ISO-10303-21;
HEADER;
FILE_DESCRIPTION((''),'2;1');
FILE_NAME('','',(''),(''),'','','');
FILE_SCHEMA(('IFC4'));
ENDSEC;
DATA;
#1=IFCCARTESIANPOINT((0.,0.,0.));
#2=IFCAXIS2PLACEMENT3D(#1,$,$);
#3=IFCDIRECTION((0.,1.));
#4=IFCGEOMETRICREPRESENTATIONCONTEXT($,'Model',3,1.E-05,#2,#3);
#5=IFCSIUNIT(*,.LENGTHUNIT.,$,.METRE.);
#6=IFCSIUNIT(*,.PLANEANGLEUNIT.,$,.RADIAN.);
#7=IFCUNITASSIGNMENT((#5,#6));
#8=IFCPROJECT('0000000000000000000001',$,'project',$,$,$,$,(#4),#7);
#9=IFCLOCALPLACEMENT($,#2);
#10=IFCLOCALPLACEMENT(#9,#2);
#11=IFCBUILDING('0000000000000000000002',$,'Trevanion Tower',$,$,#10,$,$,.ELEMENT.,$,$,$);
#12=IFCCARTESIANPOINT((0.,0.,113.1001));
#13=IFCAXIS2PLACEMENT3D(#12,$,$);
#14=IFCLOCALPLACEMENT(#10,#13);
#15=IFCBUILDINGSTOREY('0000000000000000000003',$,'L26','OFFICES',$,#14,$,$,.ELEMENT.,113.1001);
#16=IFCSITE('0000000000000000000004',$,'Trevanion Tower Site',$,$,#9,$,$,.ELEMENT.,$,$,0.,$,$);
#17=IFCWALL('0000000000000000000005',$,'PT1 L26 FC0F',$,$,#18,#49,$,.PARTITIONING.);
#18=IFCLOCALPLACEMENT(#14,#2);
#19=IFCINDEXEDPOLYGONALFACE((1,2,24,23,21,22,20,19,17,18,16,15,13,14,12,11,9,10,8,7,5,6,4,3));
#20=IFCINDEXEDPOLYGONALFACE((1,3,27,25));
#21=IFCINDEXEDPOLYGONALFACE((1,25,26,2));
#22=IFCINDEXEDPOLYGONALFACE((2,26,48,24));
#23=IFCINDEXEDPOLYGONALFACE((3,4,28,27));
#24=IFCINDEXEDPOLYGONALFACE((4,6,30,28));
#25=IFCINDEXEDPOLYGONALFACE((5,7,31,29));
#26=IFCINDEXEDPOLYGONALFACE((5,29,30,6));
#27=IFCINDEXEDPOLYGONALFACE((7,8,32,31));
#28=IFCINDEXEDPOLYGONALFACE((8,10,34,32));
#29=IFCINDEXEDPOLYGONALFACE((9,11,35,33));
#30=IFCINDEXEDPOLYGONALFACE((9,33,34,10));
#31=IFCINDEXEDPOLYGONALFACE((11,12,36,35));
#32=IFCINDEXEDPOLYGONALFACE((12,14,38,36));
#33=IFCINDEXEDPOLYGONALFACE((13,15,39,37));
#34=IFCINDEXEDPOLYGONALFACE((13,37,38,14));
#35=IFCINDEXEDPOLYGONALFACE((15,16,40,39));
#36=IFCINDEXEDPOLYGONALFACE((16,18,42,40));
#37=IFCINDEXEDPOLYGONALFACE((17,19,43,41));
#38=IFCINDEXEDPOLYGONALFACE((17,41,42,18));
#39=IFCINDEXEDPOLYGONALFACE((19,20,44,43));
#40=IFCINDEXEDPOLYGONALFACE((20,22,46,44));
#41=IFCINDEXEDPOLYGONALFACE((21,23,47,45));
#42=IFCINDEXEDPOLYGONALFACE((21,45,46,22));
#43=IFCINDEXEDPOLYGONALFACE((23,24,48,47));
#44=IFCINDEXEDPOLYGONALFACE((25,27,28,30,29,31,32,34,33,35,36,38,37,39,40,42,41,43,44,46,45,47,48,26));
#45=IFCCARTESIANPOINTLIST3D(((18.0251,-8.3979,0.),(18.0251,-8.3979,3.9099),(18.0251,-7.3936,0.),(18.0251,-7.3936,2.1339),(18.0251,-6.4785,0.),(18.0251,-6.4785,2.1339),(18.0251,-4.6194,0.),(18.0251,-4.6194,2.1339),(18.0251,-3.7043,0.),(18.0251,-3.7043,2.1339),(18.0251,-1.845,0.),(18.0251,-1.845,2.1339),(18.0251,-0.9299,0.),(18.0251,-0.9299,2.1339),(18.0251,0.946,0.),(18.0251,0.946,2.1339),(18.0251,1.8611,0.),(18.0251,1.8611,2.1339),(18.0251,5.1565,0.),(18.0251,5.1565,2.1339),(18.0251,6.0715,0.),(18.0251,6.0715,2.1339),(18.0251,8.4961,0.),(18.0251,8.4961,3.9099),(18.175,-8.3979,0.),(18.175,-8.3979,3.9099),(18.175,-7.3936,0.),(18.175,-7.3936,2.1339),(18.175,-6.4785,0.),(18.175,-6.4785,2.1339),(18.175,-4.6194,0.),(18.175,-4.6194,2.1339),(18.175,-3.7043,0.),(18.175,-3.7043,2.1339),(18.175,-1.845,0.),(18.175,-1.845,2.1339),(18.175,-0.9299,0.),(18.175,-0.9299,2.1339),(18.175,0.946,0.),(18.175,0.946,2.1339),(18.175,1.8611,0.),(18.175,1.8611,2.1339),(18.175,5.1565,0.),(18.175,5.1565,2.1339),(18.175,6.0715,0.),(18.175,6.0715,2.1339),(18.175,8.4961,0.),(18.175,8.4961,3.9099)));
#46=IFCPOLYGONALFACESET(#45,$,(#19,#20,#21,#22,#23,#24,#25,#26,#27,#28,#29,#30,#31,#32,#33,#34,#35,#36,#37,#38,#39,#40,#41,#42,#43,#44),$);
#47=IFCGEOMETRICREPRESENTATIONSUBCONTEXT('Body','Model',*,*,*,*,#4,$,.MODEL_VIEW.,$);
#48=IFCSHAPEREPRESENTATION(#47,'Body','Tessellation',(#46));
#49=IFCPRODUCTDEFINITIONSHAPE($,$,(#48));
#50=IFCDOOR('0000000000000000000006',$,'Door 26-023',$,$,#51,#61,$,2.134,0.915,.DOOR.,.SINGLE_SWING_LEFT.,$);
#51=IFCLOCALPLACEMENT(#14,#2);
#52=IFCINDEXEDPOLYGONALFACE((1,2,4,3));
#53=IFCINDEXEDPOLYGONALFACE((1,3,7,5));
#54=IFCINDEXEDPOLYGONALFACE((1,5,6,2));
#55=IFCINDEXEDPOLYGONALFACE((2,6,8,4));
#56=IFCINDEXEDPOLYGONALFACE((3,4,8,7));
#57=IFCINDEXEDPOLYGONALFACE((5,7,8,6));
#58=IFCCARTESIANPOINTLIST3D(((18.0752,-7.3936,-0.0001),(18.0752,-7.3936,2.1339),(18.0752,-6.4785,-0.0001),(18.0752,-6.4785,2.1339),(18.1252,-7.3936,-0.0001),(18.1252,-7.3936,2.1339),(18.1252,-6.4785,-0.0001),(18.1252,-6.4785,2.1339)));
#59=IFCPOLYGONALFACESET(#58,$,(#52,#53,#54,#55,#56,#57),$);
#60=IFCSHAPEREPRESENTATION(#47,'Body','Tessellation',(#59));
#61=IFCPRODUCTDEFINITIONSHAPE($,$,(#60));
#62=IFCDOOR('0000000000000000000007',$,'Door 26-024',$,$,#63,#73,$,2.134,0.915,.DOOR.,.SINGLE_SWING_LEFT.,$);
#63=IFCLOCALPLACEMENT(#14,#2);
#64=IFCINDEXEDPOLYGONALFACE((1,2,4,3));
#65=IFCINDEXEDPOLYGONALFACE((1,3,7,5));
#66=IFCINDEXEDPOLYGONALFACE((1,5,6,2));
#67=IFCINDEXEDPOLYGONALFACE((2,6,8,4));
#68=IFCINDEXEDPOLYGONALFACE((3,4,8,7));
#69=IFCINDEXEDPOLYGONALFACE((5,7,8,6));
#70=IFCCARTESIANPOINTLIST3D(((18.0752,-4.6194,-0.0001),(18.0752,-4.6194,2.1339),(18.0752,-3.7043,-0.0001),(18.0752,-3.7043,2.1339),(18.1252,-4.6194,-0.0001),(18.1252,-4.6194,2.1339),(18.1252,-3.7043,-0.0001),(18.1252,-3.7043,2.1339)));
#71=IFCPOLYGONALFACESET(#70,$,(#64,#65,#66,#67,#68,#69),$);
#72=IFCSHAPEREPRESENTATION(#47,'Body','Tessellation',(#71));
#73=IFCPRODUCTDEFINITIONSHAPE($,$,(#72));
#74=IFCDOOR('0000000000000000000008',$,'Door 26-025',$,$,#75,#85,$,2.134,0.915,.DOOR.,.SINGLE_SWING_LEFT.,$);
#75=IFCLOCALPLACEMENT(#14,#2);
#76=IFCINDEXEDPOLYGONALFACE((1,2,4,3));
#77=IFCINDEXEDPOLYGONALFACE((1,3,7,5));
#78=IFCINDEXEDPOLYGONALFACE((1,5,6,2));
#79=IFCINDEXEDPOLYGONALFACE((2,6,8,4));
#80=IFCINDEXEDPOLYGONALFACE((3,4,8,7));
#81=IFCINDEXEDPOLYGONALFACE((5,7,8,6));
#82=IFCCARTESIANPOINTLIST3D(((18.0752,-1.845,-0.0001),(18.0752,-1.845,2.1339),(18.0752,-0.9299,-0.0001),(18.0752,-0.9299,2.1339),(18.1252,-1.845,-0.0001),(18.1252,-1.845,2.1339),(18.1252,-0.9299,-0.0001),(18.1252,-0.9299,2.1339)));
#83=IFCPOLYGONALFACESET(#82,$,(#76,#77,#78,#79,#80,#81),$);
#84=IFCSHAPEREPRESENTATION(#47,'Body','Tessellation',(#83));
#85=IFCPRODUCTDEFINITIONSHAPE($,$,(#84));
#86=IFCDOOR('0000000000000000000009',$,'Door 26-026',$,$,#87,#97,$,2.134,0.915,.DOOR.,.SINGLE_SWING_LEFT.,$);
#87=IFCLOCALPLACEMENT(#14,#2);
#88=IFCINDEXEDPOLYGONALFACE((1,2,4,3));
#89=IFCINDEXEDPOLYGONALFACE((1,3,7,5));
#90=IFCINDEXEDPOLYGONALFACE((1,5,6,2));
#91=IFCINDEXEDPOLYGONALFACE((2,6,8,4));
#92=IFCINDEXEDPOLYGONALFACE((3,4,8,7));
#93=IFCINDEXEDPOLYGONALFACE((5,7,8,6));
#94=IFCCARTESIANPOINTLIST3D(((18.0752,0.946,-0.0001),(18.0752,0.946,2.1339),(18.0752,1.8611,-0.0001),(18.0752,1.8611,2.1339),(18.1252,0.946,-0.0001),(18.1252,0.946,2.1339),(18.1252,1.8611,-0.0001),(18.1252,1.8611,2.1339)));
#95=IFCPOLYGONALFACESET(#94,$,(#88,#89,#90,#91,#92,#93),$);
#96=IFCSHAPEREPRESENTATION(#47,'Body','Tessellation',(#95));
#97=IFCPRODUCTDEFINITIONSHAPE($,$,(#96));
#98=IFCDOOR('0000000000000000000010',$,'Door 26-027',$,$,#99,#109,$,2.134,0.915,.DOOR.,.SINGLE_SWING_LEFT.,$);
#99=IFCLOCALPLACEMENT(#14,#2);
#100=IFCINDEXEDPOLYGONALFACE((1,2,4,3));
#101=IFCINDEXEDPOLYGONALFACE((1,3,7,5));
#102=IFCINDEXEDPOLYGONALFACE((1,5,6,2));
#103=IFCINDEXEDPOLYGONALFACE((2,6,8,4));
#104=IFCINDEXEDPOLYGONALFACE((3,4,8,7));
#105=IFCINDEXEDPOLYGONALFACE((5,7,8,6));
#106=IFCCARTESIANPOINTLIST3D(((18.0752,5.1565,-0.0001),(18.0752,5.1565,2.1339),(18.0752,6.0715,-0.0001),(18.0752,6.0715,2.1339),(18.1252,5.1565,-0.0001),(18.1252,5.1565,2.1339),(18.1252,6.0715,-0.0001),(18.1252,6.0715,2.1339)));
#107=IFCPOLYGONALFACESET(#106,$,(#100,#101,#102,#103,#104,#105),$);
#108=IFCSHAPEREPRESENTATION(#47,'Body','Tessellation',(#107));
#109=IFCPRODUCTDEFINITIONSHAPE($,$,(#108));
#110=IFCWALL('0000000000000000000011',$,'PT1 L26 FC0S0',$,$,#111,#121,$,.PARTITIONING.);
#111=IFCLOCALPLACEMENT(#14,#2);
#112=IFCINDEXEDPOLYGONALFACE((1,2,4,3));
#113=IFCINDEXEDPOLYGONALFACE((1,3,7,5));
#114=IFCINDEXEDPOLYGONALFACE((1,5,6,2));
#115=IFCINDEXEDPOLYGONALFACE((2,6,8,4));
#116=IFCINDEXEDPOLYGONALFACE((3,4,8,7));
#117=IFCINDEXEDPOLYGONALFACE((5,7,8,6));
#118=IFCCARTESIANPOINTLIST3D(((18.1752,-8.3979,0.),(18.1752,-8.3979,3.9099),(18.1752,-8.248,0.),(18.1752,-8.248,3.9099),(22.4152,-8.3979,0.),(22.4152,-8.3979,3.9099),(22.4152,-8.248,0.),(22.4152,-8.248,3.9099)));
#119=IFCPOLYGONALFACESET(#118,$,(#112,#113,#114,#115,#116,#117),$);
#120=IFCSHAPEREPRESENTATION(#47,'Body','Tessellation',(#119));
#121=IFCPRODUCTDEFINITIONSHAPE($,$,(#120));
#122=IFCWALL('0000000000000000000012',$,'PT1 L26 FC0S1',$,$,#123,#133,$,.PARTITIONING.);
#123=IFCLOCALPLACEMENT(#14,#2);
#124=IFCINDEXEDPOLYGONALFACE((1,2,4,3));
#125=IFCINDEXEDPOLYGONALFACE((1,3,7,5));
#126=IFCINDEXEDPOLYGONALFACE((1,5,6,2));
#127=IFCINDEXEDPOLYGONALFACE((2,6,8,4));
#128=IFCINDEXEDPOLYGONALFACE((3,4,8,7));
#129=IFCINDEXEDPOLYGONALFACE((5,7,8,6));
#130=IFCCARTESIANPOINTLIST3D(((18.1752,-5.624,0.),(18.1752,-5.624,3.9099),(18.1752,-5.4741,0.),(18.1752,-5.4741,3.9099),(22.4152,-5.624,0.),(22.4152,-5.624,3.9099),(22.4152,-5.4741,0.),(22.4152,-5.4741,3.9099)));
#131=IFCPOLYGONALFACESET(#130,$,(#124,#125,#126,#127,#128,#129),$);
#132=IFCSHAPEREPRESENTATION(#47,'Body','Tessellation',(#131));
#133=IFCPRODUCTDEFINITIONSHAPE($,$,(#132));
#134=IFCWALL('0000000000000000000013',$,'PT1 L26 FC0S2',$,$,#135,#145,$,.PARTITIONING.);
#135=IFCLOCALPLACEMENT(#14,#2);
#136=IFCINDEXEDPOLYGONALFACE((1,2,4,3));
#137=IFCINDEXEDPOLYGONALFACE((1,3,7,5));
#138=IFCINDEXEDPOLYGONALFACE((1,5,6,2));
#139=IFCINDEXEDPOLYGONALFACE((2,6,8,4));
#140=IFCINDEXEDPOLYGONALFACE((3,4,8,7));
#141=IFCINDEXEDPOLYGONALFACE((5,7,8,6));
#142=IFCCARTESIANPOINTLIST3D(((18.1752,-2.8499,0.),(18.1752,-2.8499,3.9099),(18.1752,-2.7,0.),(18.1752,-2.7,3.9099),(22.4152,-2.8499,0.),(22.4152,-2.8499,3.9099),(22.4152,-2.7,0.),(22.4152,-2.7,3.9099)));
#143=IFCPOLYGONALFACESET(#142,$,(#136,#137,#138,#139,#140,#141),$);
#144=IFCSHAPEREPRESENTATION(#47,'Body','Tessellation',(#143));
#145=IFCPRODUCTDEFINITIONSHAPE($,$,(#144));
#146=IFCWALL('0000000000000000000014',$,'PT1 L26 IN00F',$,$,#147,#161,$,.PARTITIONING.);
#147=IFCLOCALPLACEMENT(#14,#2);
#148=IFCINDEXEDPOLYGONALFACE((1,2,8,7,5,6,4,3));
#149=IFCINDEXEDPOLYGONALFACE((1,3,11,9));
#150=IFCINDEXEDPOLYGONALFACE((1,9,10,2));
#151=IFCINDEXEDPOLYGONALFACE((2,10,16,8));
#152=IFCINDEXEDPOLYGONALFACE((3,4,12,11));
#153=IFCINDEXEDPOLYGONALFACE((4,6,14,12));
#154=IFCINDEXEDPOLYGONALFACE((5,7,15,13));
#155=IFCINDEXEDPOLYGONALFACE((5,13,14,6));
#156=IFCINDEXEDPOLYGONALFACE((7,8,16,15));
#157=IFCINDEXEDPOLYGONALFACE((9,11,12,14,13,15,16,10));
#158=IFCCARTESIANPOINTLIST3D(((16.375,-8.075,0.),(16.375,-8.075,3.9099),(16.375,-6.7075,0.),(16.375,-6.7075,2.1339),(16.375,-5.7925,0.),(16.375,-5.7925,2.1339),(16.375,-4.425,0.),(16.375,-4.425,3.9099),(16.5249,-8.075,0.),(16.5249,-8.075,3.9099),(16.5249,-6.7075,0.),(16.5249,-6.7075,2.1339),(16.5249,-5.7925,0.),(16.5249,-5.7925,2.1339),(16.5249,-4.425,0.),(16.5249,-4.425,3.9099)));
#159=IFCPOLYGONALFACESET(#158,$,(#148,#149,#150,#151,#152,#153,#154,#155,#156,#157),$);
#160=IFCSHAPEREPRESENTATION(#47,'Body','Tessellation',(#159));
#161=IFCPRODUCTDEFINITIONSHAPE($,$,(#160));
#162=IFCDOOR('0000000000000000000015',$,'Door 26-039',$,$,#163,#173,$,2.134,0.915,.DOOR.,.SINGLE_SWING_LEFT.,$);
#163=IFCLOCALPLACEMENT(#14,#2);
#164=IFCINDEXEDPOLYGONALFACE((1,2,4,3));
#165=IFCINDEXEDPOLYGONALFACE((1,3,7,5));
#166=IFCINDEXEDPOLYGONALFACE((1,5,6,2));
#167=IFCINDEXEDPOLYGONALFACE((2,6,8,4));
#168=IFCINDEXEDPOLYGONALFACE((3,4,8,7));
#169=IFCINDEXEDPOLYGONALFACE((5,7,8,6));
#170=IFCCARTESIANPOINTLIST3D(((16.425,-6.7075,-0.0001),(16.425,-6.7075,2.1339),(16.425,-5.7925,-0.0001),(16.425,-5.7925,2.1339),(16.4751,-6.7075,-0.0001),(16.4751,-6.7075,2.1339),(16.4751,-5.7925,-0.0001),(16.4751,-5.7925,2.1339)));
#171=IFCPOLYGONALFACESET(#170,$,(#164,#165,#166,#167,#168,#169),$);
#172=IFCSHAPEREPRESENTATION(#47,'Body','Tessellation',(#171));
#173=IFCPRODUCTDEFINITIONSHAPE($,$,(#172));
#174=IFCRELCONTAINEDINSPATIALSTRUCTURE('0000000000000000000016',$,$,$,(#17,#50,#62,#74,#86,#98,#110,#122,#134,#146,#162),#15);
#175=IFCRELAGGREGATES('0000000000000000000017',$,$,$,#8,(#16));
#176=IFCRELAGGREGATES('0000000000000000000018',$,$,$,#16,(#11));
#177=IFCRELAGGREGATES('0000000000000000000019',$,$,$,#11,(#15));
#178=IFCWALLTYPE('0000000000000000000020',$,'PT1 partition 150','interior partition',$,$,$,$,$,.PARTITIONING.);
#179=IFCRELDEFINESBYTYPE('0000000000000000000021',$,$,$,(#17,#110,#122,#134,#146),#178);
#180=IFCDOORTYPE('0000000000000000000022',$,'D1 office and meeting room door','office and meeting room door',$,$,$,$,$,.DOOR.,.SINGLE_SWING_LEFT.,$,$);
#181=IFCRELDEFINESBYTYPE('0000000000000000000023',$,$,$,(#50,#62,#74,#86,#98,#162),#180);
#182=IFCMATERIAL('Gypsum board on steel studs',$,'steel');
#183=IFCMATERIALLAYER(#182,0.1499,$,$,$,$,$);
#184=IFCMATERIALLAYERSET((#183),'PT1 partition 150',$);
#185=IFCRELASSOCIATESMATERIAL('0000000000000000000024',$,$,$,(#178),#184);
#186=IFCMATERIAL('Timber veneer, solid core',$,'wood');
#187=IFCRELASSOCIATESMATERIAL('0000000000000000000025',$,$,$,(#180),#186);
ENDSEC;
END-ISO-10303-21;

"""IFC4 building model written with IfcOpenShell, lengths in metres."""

from ifc_helpers import new_model, si_unit, direction, frame, frame_2d, origin, place, context, subcontext, project, spatial, rectangle, extrude, material, layer, layer_set, type_object, element, fill, save


model = new_model("IFC4")

# Units and contexts
model_context = context("Model", 3, precision=1e-05, world=origin(), true_north=direction((0.0, 1.0)))
body_context = subcontext(model_context, "Body", "Model", "MODEL_VIEW")
ifc_project = project(units=[si_unit("LENGTHUNIT", "METRE"), si_unit("PLANEANGLEUNIT", "RADIAN")], contexts=[model_context])

# Site, building, storey
site_placement = place(None, origin())
site = spatial("IfcSite", under=ifc_project, at=site_placement, Name="Trevanion Tower Site", CompositionType="ELEMENT", RefElevation=0.0)
building_placement = place(site_placement, origin())
building = spatial("IfcBuilding", under=site, at=building_placement, Name="Trevanion Tower", CompositionType="ELEMENT")
storey_placement = place(building_placement, frame((0.0, 0.0, 113.1001)))
storey = spatial("IfcBuildingStorey", under=building, at=storey_placement, Name="L26", Description="OFFICES", CompositionType="ELEMENT", Elevation=113.1001)

# Wall, openings, doors
ifc_material_1 = material(Name="Gypsum board on steel studs", Category="steel")
ifc_layer_1 = layer(ifc_material_1, 0.1499)
ifc_layer_set_1 = layer_set([ifc_layer_1], Name="PT1 partition 150")
wall_type = type_object("IfcWallType", Name="PT1 partition 150", Description="interior partition", PredefinedType="PARTITIONING", material=ifc_layer_set_1)
wall_1_placement = place(storey_placement, frame((18.1001, -8.3979, 0.0), z_axis=(0.0, 0.0, 1.0), x_axis=(0.0, 1.0, 0.0)))
wall_1 = element("IfcWall", 1, at=wall_1_placement, inside=storey, type_object=wall_type, Name="PT1 L26 FC0F", PredefinedType="PARTITIONING", context=body_context, shape_type="SweptSolid", body=[
    extrude(rectangle(XDim=16.894, YDim=0.1499, at=frame_2d((8.447, 0.0))), origin(), (0.0, 0.0, 1.0), 3.9099),
])
opening_1_placement = place(wall_1_placement, frame((1.0044, 0.0, 0.0)))
opening_1 = element("IfcOpeningElement", 2, at=opening_1_placement, cuts=wall_1, PredefinedType="OPENING", context=body_context, shape_type="SweptSolid", body=[
    extrude(rectangle(XDim=0.915, YDim=2.134, at=frame_2d((0.4575, 1.0669))), frame((0.0, 0.085, 0.0), z_axis=(0.0, -1.0, 0.0), x_axis=(1.0, 0.0, 0.0)), (0.0, 0.0, 1.0), 0.1699),
])
opening_2_placement = place(wall_1_placement, frame((3.7786, 0.0, 0.0)))
opening_2 = element("IfcOpeningElement", 3, at=opening_2_placement, cuts=wall_1, PredefinedType="OPENING", context=body_context, shape_type="SweptSolid", body=[
    extrude(rectangle(XDim=0.915, YDim=2.134, at=frame_2d((0.4575, 1.0669))), frame((0.0, 0.085, 0.0), z_axis=(0.0, -1.0, 0.0), x_axis=(1.0, 0.0, 0.0)), (0.0, 0.0, 1.0), 0.1699),
])
opening_3_placement = place(wall_1_placement, frame((6.553, 0.0, 0.0)))
opening_3 = element("IfcOpeningElement", 4, at=opening_3_placement, cuts=wall_1, PredefinedType="OPENING", context=body_context, shape_type="SweptSolid", body=[
    extrude(rectangle(XDim=0.915, YDim=2.134, at=frame_2d((0.4575, 1.0669))), frame((0.0, 0.085, 0.0), z_axis=(0.0, -1.0, 0.0), x_axis=(1.0, 0.0, 0.0)), (0.0, 0.0, 1.0), 0.1699),
])
opening_4_placement = place(wall_1_placement, frame((9.344, 0.0, 0.0)))
opening_4 = element("IfcOpeningElement", 5, at=opening_4_placement, cuts=wall_1, PredefinedType="OPENING", context=body_context, shape_type="SweptSolid", body=[
    extrude(rectangle(XDim=0.915, YDim=2.134, at=frame_2d((0.4575, 1.0669))), frame((0.0, 0.085, 0.0), z_axis=(0.0, -1.0, 0.0), x_axis=(1.0, 0.0, 0.0)), (0.0, 0.0, 1.0), 0.1699),
])
opening_5_placement = place(wall_1_placement, frame((13.5544, 0.0, 0.0)))
opening_5 = element("IfcOpeningElement", 6, at=opening_5_placement, cuts=wall_1, PredefinedType="OPENING", context=body_context, shape_type="SweptSolid", body=[
    extrude(rectangle(XDim=0.915, YDim=2.134, at=frame_2d((0.4575, 1.0669))), frame((0.0, 0.085, 0.0), z_axis=(0.0, -1.0, 0.0), x_axis=(1.0, 0.0, 0.0)), (0.0, 0.0, 1.0), 0.1699),
])
ifc_material_2 = material(Name="Timber veneer, solid core", Category="wood")
door_type = type_object("IfcDoorType", Name="D1 office and meeting room door", Description="office and meeting room door", OperationType="SINGLE_SWING_LEFT", PredefinedType="DOOR", material=ifc_material_2)
door_1_placement = place(opening_1_placement, origin())
door_1 = element("IfcDoor", 7, at=door_1_placement, inside=storey, type_object=door_type, Name="Door 26-023", OperationType="SINGLE_SWING_LEFT", OverallHeight=2.134, OverallWidth=0.915, PredefinedType="DOOR", context=body_context, shape_type="SweptSolid", body=[
    extrude(rectangle(XDim=0.915, YDim=2.134, at=frame_2d((0.4575, 1.0669))), frame((0.0, 0.0249, 0.0), z_axis=(0.0, -1.0, 0.0), x_axis=(1.0, 0.0, 0.0)), (0.0, 0.0, 1.0), 0.05),
])
fill(opening_1, door_1)
door_2_placement = place(opening_2_placement, origin())
door_2 = element("IfcDoor", 8, at=door_2_placement, inside=storey, type_object=door_type, Name="Door 26-024", OperationType="SINGLE_SWING_LEFT", OverallHeight=2.134, OverallWidth=0.915, PredefinedType="DOOR", context=body_context, shape_type="SweptSolid", body=[
    extrude(rectangle(XDim=0.915, YDim=2.134, at=frame_2d((0.4575, 1.0669))), frame((0.0, 0.0249, 0.0), z_axis=(0.0, -1.0, 0.0), x_axis=(1.0, 0.0, 0.0)), (0.0, 0.0, 1.0), 0.05),
])
fill(opening_2, door_2)
door_3_placement = place(opening_3_placement, origin())
door_3 = element("IfcDoor", 9, at=door_3_placement, inside=storey, type_object=door_type, Name="Door 26-025", OperationType="SINGLE_SWING_LEFT", OverallHeight=2.134, OverallWidth=0.915, PredefinedType="DOOR", context=body_context, shape_type="SweptSolid", body=[
    extrude(rectangle(XDim=0.915, YDim=2.134, at=frame_2d((0.4575, 1.0669))), frame((0.0, 0.0249, 0.0), z_axis=(0.0, -1.0, 0.0), x_axis=(1.0, 0.0, 0.0)), (0.0, 0.0, 1.0), 0.05),
])
fill(opening_3, door_3)
door_4_placement = place(opening_4_placement, origin())
door_4 = element("IfcDoor", 10, at=door_4_placement, inside=storey, type_object=door_type, Name="Door 26-026", OperationType="SINGLE_SWING_LEFT", OverallHeight=2.134, OverallWidth=0.915, PredefinedType="DOOR", context=body_context, shape_type="SweptSolid", body=[
    extrude(rectangle(XDim=0.915, YDim=2.134, at=frame_2d((0.4575, 1.0669))), frame((0.0, 0.0249, 0.0), z_axis=(0.0, -1.0, 0.0), x_axis=(1.0, 0.0, 0.0)), (0.0, 0.0, 1.0), 0.05),
])
fill(opening_4, door_4)
door_5_placement = place(opening_5_placement, origin())
door_5 = element("IfcDoor", 11, at=door_5_placement, inside=storey, type_object=door_type, Name="Door 26-027", OperationType="SINGLE_SWING_LEFT", OverallHeight=2.134, OverallWidth=0.915, PredefinedType="DOOR", context=body_context, shape_type="SweptSolid", body=[
    extrude(rectangle(XDim=0.915, YDim=2.134, at=frame_2d((0.4575, 1.0669))), frame((0.0, 0.0249, 0.0), z_axis=(0.0, -1.0, 0.0), x_axis=(1.0, 0.0, 0.0)), (0.0, 0.0, 1.0), 0.05),
])
fill(opening_5, door_5)

# Walls
for number, where, z_axis, x_axis, name in (
    (12, (18.175, -8.323, 0.0), (0.0, 0.0, 1.0), (1.0, 0.0, 0.0), "PT1 L26 FC0S0"),
    (13, (18.175, -5.5491, 0.0), (0.0, 0.0, 1.0), (1.0, 0.0, 0.0), "PT1 L26 FC0S1"),
    (14, (18.175, -2.7749, 0.0), (0.0, 0.0, 1.0), (1.0, 0.0, 0.0), "PT1 L26 FC0S2"),
):
    element("IfcWall", number, at=place(storey_placement, frame(where, z_axis=z_axis, x_axis=x_axis)), inside=storey, type_object=wall_type, Name=name, PredefinedType="PARTITIONING", context=body_context, shape_type="SweptSolid", body=[
        extrude(rectangle(XDim=4.24, YDim=0.1499, at=frame_2d((2.1201, 0.0))), origin(), (0.0, 0.0, 1.0), 3.9099),
    ])

# Wall, opening, door
wall_2_placement = place(storey_placement, frame((16.45, -8.075, 0.0), z_axis=(0.0, 0.0, 1.0), x_axis=(0.0, 1.0, 0.0)))
wall_2 = element("IfcWall", 15, at=wall_2_placement, inside=storey, type_object=wall_type, Name="PT1 L26 IN00F", PredefinedType="PARTITIONING", context=body_context, shape_type="SweptSolid", body=[
    extrude(rectangle(XDim=3.6499, YDim=0.1499, at=frame_2d((1.825, 0.0))), origin(), (0.0, 0.0, 1.0), 3.9099),
])
opening_6_placement = place(wall_2_placement, frame((1.3674, 0.0, 0.0)))
opening_6 = element("IfcOpeningElement", 16, at=opening_6_placement, cuts=wall_2, PredefinedType="OPENING", context=body_context, shape_type="SweptSolid", body=[
    extrude(rectangle(XDim=0.915, YDim=2.134, at=frame_2d((0.4575, 1.0669))), frame((0.0, 0.085, 0.0), z_axis=(0.0, -1.0, 0.0), x_axis=(1.0, 0.0, 0.0)), (0.0, 0.0, 1.0), 0.1699),
])
door_6_placement = place(opening_6_placement, origin())
door_6 = element("IfcDoor", 17, at=door_6_placement, inside=storey, type_object=door_type, Name="Door 26-039", OperationType="SINGLE_SWING_LEFT", OverallHeight=2.134, OverallWidth=0.915, PredefinedType="DOOR", context=body_context, shape_type="SweptSolid", body=[
    extrude(rectangle(XDim=0.915, YDim=2.134, at=frame_2d((0.4575, 1.0669))), frame((0.0, 0.0249, 0.0), z_axis=(0.0, -1.0, 0.0), x_axis=(1.0, 0.0, 0.0)), (0.0, 0.0, 1.0), 0.05),
])
fill(opening_6, door_6)

save(model, "model.ifc")
